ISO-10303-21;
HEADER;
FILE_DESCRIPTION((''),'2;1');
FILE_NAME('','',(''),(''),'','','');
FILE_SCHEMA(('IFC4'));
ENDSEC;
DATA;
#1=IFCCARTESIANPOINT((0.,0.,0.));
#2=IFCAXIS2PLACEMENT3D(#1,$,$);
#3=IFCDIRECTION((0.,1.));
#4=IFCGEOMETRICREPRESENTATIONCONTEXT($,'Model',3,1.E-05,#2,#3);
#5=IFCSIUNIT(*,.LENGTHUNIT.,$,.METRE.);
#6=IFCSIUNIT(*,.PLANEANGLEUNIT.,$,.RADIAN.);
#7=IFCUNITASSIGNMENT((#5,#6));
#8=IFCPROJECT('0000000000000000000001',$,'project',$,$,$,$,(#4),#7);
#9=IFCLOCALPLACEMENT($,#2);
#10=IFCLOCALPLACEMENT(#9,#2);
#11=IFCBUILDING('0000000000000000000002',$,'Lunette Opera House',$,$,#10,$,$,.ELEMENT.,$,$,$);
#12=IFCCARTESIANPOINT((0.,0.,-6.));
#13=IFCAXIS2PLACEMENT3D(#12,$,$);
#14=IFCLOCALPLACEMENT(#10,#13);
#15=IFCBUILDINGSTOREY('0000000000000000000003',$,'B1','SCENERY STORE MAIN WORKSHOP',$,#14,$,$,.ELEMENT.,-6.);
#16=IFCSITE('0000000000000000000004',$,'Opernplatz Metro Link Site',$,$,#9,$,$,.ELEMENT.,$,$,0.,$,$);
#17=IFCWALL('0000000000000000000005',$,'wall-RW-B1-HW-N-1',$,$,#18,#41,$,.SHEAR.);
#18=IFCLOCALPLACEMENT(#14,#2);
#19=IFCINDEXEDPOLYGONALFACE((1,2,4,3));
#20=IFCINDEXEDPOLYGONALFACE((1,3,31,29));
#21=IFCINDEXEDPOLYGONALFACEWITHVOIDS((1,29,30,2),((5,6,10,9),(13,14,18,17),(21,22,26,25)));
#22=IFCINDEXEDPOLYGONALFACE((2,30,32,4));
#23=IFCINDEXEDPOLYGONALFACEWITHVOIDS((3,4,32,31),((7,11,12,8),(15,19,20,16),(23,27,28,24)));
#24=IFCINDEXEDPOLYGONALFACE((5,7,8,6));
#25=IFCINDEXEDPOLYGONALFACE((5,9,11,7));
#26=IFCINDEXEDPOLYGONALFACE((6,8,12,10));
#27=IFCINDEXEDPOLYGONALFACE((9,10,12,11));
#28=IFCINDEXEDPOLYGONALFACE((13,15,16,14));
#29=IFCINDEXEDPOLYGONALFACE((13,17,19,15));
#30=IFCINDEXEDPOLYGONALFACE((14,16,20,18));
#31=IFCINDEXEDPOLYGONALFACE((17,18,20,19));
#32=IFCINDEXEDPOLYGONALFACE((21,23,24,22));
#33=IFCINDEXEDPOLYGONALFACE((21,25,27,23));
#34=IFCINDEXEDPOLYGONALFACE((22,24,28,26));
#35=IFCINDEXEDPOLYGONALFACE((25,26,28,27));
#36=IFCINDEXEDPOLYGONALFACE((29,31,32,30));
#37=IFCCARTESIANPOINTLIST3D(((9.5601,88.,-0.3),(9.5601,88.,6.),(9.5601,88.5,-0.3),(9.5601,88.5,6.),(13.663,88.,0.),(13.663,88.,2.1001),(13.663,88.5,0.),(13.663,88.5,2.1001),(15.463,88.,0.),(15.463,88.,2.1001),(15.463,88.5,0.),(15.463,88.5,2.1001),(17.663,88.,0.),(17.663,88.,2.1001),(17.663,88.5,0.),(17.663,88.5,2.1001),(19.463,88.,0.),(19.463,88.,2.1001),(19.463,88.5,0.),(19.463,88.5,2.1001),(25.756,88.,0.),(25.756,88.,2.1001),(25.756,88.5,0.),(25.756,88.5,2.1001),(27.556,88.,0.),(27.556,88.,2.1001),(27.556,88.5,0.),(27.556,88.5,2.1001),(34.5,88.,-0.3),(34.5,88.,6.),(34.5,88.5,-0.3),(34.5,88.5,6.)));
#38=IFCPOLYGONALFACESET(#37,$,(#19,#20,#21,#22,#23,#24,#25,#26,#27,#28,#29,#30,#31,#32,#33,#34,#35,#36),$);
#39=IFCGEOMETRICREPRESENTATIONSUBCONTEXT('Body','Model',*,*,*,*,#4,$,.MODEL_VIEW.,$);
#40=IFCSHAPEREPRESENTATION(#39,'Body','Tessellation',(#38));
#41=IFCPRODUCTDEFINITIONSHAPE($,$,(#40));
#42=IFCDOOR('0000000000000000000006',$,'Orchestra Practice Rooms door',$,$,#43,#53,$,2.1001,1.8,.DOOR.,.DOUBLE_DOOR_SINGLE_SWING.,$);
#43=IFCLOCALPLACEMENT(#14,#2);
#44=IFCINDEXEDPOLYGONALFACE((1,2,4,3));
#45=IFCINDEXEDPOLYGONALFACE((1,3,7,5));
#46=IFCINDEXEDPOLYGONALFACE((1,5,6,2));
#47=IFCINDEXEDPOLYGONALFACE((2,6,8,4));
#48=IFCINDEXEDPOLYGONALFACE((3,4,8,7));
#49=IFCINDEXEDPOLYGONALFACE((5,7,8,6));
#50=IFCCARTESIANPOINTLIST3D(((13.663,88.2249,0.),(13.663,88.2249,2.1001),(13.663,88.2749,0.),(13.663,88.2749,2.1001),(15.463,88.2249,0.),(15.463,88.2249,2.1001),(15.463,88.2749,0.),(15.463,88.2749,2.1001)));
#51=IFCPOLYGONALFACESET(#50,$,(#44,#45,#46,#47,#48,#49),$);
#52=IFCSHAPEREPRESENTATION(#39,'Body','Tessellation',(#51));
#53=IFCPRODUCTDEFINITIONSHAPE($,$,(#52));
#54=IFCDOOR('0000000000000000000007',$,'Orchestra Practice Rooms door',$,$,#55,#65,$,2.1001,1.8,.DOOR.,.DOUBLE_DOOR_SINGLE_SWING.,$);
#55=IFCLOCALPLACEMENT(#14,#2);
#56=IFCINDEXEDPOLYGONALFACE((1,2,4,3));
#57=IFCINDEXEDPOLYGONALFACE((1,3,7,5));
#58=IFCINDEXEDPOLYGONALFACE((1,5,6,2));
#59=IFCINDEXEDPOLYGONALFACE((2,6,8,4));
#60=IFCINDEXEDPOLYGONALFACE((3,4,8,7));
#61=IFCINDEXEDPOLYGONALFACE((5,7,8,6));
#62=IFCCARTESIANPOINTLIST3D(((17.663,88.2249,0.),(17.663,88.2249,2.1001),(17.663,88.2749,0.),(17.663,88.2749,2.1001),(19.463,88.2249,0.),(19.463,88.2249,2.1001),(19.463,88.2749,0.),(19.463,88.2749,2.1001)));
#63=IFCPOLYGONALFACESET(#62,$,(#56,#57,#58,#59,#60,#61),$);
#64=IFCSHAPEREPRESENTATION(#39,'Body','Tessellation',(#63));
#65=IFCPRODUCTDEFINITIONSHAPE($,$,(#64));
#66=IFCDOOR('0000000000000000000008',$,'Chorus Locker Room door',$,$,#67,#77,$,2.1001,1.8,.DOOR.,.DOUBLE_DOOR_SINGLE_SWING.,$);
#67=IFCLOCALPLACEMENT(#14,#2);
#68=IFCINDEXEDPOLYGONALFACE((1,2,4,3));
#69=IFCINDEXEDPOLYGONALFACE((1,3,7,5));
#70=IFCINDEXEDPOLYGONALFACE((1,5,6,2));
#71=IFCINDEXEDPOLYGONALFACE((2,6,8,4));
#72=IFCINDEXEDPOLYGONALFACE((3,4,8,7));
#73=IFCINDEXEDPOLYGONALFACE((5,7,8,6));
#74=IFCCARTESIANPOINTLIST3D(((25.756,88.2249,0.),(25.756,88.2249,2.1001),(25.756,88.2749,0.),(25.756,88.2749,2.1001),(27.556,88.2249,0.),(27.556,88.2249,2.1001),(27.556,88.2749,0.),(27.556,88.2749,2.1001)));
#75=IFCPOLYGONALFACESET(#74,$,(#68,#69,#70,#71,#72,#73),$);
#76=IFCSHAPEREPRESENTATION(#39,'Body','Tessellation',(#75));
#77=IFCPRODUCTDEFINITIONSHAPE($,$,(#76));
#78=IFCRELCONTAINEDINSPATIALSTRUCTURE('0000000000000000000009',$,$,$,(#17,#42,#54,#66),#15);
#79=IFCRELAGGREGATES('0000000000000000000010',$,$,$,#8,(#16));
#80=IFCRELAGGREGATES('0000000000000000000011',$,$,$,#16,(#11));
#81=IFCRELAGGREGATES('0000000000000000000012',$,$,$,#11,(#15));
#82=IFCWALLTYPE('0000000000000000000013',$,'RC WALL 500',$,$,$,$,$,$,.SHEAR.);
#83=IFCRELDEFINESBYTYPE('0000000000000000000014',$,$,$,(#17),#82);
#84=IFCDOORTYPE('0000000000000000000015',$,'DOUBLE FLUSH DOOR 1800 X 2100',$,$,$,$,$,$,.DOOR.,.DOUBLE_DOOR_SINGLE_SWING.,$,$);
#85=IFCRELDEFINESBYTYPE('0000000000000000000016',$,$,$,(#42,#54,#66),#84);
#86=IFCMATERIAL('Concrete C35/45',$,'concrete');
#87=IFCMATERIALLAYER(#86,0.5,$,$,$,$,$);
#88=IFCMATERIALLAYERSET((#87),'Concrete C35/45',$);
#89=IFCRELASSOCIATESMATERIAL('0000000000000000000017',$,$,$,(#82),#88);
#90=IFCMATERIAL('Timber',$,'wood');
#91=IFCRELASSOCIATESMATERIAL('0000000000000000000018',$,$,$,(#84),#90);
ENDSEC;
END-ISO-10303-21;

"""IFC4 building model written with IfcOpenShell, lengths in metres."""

from ifc_helpers import new_model, si_unit, direction, frame, frame_2d, origin, place, context, subcontext, project, spatial, rectangle, extrude, material, layer, layer_set, type_object, element, fill, save


model = new_model("IFC4")

# Units and contexts
model_context = context("Model", 3, precision=1e-05, world=origin(), true_north=direction((0.0, 1.0)))
body_context = subcontext(model_context, "Body", "Model", "MODEL_VIEW")
ifc_project = project(units=[si_unit("LENGTHUNIT", "METRE"), si_unit("PLANEANGLEUNIT", "RADIAN")], contexts=[model_context])

# Site, building, storey
site_placement = place(None, origin())
site = spatial("IfcSite", under=ifc_project, at=site_placement, Name="Opernplatz Metro Link Site", CompositionType="ELEMENT", RefElevation=0.0)
building_placement = place(site_placement, origin())
building = spatial("IfcBuilding", under=site, at=building_placement, Name="Lunette Opera House", CompositionType="ELEMENT")
storey_placement = place(building_placement, frame((0.0, 0.0, -6.0)))
storey = spatial("IfcBuildingStorey", under=building, at=storey_placement, Name="B1", Description="SCENERY STORE MAIN WORKSHOP", CompositionType="ELEMENT", Elevation=-6.0)

# Wall, openings, doors
ifc_material_1 = material(Name="Concrete C35/45", Category="concrete")
ifc_layer_1 = layer(ifc_material_1, 0.5)
ifc_layer_set_1 = layer_set([ifc_layer_1], Name="Concrete C35/45")
wall_type_1 = type_object("IfcWallType", Name="RC WALL 500", PredefinedType="SHEAR", material=ifc_layer_set_1)
wall_1_placement = place(storey_placement, frame((9.5601, 88.25, -0.3), z_axis=(0.0, 0.0, 1.0), x_axis=(1.0, 0.0, 0.0)))
wall_1 = element("IfcWall", 1, at=wall_1_placement, inside=storey, type_object=wall_type_1, Name="wall-RW-B1-HW-N-1", PredefinedType="SHEAR", context=body_context, shape_type="SweptSolid", body=[
    extrude(rectangle(XDim=24.9399, YDim=0.5, at=frame_2d((12.47, 0.0))), origin(), (0.0, 0.0, 1.0), 6.3),
])
opening_1_placement = place(wall_1_placement, frame((4.103, 0.0, 0.3)))
opening_1 = element("IfcOpeningElement", 2, at=opening_1_placement, cuts=wall_1, PredefinedType="OPENING", context=body_context, shape_type="SweptSolid", body=[
    extrude(rectangle(XDim=1.8, YDim=2.1001, at=frame_2d((0.8999, 1.05))), frame((0.0, 0.262, 0.0), z_axis=(0.0, -1.0, 0.0), x_axis=(1.0, 0.0, 0.0)), (0.0, 0.0, 1.0), 0.5239),
])
opening_2_placement = place(wall_1_placement, frame((8.103, 0.0, 0.3)))
opening_2 = element("IfcOpeningElement", 3, at=opening_2_placement, cuts=wall_1, PredefinedType="OPENING", context=body_context, shape_type="SweptSolid", body=[
    extrude(rectangle(XDim=1.8, YDim=2.1001, at=frame_2d((0.8999, 1.05))), frame((0.0, 0.262, 0.0), z_axis=(0.0, -1.0, 0.0), x_axis=(1.0, 0.0, 0.0)), (0.0, 0.0, 1.0), 0.5239),
])
opening_3_placement = place(wall_1_placement, frame((16.196, 0.0, 0.3)))
opening_3 = element("IfcOpeningElement", 4, at=opening_3_placement, cuts=wall_1, PredefinedType="OPENING", context=body_context, shape_type="SweptSolid", body=[
    extrude(rectangle(XDim=1.8, YDim=2.1001, at=frame_2d((0.8999, 1.05))), frame((0.0, 0.262, 0.0), z_axis=(0.0, -1.0, 0.0), x_axis=(1.0, 0.0, 0.0)), (0.0, 0.0, 1.0), 0.5239),
])
ifc_material_2 = material(Name="Timber", Category="wood")
door_type_1 = type_object("IfcDoorType", Name="DOUBLE FLUSH DOOR 1800 X 2100", OperationType="DOUBLE_DOOR_SINGLE_SWING", PredefinedType="DOOR", material=ifc_material_2)
door_1_placement = place(opening_1_placement, origin())
door_1 = element("IfcDoor", 5, at=door_1_placement, inside=storey, type_object=door_type_1, Name="Orchestra Practice Rooms door", OperationType="DOUBLE_DOOR_SINGLE_SWING", OverallHeight=2.1001, OverallWidth=1.8, PredefinedType="DOOR", context=body_context, shape_type="SweptSolid", body=[
    extrude(rectangle(XDim=1.8, YDim=2.1001, at=frame_2d((0.8999, 1.05))), frame((0.0, 0.0249, 0.0), z_axis=(0.0, -1.0, 0.0), x_axis=(1.0, 0.0, 0.0)), (0.0, 0.0, 1.0), 0.05),
])
fill(opening_1, door_1)
door_2_placement = place(opening_2_placement, origin())
door_2 = element("IfcDoor", 6, at=door_2_placement, inside=storey, type_object=door_type_1, Name="Orchestra Practice Rooms door", OperationType="DOUBLE_DOOR_SINGLE_SWING", OverallHeight=2.1001, OverallWidth=1.8, PredefinedType="DOOR", context=body_context, shape_type="SweptSolid", body=[
    extrude(rectangle(XDim=1.8, YDim=2.1001, at=frame_2d((0.8999, 1.05))), frame((0.0, 0.0249, 0.0), z_axis=(0.0, -1.0, 0.0), x_axis=(1.0, 0.0, 0.0)), (0.0, 0.0, 1.0), 0.05),
])
fill(opening_2, door_2)
door_3_placement = place(opening_3_placement, origin())
door_3 = element("IfcDoor", 7, at=door_3_placement, inside=storey, type_object=door_type_1, Name="Chorus Locker Room door", OperationType="DOUBLE_DOOR_SINGLE_SWING", OverallHeight=2.1001, OverallWidth=1.8, PredefinedType="DOOR", context=body_context, shape_type="SweptSolid", body=[
    extrude(rectangle(XDim=1.8, YDim=2.1001, at=frame_2d((0.8999, 1.05))), frame((0.0, 0.0249, 0.0), z_axis=(0.0, -1.0, 0.0), x_axis=(1.0, 0.0, 0.0)), (0.0, 0.0, 1.0), 0.05),
])
fill(opening_3, door_3)

save(model, "model.ifc")
